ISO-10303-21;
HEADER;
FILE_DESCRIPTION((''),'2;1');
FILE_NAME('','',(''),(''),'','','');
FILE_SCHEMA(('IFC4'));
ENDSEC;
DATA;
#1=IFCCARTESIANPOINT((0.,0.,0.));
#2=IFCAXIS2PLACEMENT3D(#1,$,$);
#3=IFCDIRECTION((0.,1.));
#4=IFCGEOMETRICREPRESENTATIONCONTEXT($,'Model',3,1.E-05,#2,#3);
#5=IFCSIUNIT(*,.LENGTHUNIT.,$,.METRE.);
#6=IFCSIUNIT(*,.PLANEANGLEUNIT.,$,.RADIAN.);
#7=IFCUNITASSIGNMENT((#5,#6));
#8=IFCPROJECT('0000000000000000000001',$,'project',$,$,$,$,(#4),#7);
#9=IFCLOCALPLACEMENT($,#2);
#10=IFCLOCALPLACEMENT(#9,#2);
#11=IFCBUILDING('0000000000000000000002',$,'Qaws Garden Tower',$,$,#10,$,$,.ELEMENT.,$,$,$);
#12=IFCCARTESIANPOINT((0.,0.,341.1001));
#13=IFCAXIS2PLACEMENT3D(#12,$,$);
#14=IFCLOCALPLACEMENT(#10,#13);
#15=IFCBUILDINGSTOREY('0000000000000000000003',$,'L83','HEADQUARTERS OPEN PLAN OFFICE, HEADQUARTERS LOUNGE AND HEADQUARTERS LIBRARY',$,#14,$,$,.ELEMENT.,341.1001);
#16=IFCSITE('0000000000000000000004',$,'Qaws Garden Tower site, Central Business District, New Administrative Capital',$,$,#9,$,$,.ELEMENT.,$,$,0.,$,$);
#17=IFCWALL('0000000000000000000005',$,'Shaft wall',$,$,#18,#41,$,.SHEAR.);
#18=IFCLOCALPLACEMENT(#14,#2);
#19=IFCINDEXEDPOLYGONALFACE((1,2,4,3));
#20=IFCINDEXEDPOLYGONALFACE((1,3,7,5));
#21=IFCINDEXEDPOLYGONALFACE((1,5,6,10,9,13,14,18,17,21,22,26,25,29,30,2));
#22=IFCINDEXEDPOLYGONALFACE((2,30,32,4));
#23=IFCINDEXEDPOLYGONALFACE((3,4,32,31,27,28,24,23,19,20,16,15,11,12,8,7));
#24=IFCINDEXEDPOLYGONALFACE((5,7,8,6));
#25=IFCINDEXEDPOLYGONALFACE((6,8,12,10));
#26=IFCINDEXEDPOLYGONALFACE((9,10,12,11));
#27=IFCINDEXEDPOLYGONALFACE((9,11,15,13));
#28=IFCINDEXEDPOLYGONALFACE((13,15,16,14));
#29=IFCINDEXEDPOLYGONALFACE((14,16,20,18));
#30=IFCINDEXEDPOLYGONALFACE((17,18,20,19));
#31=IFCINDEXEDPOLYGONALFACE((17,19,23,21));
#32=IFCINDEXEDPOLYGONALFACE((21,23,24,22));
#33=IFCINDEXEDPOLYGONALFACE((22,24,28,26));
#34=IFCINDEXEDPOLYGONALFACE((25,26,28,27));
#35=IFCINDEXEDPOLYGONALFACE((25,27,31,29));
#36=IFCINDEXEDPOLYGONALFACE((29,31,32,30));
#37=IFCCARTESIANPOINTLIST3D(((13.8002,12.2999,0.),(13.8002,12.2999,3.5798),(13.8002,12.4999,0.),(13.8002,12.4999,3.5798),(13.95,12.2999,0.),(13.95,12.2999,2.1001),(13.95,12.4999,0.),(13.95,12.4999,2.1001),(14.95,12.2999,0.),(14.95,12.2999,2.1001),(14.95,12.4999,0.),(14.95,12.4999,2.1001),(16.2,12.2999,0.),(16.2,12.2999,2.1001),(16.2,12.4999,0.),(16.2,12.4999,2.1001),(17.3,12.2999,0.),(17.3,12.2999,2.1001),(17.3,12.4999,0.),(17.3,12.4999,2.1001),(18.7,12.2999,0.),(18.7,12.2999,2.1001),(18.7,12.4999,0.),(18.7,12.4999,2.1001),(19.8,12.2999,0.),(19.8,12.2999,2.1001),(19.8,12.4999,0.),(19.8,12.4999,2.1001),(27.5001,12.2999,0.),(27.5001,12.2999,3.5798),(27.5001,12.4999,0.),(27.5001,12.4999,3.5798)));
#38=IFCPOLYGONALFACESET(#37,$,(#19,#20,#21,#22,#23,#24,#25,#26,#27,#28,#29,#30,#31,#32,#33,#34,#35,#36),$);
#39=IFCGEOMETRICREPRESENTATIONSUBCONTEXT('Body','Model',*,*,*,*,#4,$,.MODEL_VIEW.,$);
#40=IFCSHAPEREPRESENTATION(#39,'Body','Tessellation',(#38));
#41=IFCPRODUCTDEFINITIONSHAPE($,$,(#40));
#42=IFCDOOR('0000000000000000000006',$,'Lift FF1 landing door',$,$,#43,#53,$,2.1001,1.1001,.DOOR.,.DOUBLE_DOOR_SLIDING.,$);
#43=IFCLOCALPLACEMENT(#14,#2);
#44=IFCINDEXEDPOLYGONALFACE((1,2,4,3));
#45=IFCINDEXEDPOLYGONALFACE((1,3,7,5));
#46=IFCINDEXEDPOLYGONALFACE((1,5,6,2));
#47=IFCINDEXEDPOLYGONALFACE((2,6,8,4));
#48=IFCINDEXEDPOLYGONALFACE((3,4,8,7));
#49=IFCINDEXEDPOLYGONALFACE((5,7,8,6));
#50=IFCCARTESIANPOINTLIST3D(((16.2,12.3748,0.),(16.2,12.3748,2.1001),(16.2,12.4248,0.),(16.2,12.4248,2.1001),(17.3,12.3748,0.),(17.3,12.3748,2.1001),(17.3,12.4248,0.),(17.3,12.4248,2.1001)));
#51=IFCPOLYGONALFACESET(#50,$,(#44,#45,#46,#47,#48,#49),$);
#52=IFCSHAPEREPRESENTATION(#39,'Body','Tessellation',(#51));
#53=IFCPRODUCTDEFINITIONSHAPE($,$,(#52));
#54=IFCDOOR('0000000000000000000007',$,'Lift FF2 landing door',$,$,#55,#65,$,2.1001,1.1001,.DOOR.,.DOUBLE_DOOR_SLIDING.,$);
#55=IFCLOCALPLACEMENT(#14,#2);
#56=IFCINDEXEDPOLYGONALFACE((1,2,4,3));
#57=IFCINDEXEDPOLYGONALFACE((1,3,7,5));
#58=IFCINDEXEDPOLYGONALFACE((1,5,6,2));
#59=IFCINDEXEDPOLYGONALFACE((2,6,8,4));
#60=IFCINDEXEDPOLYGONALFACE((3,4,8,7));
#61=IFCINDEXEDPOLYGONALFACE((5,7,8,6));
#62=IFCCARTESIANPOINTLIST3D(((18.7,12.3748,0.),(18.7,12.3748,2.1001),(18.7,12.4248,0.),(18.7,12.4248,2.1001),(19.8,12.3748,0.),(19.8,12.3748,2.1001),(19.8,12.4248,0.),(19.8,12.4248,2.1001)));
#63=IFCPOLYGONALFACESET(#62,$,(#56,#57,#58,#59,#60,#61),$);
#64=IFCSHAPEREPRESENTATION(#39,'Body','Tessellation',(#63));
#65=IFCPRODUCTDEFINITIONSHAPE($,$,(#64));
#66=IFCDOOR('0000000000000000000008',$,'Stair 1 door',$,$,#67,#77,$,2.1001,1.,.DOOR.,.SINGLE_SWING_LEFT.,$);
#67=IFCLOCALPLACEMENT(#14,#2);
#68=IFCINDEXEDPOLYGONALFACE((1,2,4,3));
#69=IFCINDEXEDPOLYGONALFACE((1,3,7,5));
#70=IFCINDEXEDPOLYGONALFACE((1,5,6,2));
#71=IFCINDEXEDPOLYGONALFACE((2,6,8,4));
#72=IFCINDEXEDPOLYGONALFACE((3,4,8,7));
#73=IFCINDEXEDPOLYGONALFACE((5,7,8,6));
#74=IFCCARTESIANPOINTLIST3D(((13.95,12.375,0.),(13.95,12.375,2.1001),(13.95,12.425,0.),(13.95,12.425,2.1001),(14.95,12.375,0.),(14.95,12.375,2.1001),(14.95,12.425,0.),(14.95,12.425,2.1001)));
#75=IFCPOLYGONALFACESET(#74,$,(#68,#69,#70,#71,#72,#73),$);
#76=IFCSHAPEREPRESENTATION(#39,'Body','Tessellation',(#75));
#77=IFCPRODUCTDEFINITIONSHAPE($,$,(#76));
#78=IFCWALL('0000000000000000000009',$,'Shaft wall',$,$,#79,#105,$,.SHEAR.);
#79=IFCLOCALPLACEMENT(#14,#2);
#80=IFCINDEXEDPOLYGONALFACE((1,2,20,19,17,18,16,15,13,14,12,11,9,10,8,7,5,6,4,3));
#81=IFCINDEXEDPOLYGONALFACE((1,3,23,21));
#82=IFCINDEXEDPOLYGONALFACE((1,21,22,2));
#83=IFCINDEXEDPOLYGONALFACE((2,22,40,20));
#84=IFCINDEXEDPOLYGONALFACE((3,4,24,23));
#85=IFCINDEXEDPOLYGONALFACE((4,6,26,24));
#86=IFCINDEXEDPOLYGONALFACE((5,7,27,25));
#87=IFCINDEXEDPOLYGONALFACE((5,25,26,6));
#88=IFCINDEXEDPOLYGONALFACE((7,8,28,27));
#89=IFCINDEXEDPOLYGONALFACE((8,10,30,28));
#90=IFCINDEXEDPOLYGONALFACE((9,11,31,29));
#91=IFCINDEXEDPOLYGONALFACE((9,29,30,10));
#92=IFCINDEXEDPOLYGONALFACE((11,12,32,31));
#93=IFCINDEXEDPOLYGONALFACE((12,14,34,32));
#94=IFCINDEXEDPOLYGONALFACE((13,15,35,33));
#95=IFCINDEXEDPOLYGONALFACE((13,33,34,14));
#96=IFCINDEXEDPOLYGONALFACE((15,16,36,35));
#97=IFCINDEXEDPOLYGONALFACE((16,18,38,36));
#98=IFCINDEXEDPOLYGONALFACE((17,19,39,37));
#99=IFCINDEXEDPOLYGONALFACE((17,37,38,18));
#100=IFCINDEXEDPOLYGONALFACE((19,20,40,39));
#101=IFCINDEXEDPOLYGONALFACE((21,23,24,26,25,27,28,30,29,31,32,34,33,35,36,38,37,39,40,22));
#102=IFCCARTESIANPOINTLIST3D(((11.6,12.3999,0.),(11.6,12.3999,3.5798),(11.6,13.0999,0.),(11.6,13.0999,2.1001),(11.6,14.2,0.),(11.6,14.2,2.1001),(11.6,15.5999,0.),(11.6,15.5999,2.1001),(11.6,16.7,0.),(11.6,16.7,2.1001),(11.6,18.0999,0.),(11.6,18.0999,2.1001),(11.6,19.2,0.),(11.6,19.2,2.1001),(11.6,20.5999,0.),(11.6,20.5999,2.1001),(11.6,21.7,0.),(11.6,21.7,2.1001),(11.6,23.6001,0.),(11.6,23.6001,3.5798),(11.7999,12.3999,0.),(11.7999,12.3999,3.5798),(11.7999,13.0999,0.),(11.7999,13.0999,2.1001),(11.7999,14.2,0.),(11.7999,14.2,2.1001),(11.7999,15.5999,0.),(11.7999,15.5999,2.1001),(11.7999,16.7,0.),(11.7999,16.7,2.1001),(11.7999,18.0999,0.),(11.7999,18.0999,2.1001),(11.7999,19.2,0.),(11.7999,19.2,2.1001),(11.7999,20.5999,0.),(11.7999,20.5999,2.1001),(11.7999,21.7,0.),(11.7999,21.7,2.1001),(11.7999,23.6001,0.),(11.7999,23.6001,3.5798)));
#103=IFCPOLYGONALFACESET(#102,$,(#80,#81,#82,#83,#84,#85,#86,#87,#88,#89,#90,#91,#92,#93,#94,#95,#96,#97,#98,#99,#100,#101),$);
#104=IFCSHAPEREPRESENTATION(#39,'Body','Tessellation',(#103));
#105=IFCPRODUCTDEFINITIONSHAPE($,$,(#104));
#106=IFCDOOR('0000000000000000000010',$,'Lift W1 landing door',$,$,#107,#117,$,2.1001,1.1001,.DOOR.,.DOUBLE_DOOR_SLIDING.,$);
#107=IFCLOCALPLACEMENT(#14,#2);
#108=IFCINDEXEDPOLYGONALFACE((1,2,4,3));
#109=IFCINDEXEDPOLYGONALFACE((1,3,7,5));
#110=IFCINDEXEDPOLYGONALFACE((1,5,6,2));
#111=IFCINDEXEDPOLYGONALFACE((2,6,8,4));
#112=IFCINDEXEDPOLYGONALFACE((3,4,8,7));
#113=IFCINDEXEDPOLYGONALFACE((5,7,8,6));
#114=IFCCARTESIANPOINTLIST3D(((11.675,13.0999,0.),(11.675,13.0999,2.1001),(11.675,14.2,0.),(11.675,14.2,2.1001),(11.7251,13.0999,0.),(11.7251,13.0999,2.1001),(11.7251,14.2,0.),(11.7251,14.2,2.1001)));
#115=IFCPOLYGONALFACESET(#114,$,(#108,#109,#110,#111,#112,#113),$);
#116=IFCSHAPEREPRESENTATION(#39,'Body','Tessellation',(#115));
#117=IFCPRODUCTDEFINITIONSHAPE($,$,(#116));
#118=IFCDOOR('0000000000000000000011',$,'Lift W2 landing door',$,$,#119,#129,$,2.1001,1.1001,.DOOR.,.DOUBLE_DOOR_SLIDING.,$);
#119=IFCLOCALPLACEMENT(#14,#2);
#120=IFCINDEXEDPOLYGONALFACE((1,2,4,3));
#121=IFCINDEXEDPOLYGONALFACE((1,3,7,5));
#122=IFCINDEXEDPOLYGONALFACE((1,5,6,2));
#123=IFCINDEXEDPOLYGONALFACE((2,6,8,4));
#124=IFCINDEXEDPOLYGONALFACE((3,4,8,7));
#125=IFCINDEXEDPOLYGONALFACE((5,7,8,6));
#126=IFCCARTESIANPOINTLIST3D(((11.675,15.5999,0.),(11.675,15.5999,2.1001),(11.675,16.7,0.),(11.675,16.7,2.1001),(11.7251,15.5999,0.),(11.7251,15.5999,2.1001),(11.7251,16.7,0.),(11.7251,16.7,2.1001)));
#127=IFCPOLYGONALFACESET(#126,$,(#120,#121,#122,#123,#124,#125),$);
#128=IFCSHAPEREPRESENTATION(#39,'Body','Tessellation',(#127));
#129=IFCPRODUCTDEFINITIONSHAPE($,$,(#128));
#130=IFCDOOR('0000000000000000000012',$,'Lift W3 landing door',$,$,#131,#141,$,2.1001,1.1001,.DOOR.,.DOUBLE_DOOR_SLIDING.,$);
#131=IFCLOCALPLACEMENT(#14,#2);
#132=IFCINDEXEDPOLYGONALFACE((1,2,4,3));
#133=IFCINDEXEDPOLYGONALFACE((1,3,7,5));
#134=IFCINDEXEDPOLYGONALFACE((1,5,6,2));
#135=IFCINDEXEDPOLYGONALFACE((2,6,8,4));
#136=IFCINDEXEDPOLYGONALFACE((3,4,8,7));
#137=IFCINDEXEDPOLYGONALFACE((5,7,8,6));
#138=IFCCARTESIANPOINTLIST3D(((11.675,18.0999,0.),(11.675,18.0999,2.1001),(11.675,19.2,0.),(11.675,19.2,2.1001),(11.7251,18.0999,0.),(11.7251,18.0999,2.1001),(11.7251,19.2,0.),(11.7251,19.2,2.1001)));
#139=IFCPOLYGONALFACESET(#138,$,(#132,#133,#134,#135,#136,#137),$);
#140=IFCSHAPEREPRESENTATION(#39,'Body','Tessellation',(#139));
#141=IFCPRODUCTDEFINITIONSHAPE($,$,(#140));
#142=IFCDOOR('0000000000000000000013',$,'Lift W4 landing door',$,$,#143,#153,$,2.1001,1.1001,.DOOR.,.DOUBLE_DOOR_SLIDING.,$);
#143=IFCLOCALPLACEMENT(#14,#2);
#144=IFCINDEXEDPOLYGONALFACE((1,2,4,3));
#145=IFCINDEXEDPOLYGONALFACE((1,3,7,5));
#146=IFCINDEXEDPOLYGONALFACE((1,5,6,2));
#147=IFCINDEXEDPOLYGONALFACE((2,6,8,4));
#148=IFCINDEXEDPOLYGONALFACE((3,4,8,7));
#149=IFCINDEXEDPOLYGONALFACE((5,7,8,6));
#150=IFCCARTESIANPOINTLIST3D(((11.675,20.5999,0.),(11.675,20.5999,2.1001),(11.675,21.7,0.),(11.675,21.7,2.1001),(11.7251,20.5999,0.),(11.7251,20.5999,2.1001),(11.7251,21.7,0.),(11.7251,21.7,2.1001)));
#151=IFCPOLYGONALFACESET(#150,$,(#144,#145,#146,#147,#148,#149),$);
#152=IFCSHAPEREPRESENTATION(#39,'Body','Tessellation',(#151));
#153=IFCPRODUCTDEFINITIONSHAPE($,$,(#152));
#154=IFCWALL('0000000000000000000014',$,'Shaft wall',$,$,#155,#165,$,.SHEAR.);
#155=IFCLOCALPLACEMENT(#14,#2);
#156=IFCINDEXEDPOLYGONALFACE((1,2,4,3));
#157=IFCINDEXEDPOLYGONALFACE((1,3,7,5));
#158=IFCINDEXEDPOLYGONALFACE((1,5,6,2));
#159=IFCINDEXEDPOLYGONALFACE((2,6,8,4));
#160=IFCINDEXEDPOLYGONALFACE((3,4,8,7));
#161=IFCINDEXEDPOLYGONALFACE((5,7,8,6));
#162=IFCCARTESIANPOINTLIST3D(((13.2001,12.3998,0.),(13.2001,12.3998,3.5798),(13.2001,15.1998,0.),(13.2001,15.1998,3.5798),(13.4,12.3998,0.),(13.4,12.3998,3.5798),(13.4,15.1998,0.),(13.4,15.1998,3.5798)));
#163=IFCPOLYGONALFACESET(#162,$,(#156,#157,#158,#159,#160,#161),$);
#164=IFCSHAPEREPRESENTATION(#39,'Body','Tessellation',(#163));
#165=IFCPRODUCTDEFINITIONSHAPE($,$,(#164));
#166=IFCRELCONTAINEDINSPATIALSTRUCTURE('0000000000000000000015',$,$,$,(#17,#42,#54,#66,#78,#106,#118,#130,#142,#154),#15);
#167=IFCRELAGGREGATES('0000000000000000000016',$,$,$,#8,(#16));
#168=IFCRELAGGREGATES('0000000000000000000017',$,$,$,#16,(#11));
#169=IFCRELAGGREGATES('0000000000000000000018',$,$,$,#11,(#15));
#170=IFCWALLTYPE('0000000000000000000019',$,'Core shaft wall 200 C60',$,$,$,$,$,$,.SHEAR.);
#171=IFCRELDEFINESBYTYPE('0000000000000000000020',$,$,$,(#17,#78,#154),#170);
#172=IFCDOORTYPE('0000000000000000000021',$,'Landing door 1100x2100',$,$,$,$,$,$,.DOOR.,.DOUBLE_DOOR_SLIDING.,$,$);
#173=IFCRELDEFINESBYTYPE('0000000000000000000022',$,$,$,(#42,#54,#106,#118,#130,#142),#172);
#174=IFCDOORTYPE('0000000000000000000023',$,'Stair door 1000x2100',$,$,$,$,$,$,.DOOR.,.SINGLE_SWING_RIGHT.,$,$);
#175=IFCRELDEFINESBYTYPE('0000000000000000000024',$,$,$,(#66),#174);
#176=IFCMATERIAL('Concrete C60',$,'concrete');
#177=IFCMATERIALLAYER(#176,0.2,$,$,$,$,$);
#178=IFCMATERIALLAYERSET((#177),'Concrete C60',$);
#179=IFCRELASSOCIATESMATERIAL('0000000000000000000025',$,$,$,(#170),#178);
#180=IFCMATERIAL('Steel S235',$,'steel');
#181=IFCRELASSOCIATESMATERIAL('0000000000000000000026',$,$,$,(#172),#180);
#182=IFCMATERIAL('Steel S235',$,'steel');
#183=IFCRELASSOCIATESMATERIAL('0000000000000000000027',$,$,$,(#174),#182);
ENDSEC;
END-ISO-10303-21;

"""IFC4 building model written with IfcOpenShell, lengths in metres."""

from ifc_helpers import new_model, si_unit, direction, frame, frame_2d, origin, place, context, subcontext, project, spatial, rectangle, extrude, material, layer, layer_set, type_object, element, fill, save


model = new_model("IFC4")

# Units and contexts
model_context = context("Model", 3, precision=1e-05, world=origin(), true_north=direction((0.0, 1.0)))
body_context = subcontext(model_context, "Body", "Model", "MODEL_VIEW")
ifc_project = project(units=[si_unit("LENGTHUNIT", "METRE"), si_unit("PLANEANGLEUNIT", "RADIAN")], contexts=[model_context])

# Site, building, storey
site_placement = place(None, origin())
site = spatial("IfcSite", under=ifc_project, at=site_placement, Name="Qaws Garden Tower site, Central Business District, New Administrative Capital", CompositionType="ELEMENT", RefElevation=0.0)
building_placement = place(site_placement, origin())
building = spatial("IfcBuilding", under=site, at=building_placement, Name="Qaws Garden Tower", CompositionType="ELEMENT")
storey_placement = place(building_placement, frame((0.0, 0.0, 341.1001)))
storey = spatial("IfcBuildingStorey", under=building, at=storey_placement, Name="L83", Description="HEADQUARTERS OPEN PLAN OFFICE, HEADQUARTERS LOUNGE AND HEADQUARTERS LIBRARY", CompositionType="ELEMENT", Elevation=341.1001)

# Walls, openings, doors
ifc_material_1 = material(Name="Concrete C60", Category="concrete")
ifc_layer_1 = layer(ifc_material_1, 0.2)
ifc_layer_set_1 = layer_set([ifc_layer_1], Name="Concrete C60")
wall_type_1 = type_object("IfcWallType", Name="Core shaft wall 200 C60", PredefinedType="SHEAR", material=ifc_layer_set_1)
wall_1_placement = place(storey_placement, frame((13.8, 12.3999, 0.0), z_axis=(0.0, 0.0, 1.0), x_axis=(1.0, 0.0, 0.0)))
wall_1 = element("IfcWall", 1, at=wall_1_placement, inside=storey, type_object=wall_type_1, Name="Shaft wall", PredefinedType="SHEAR", context=body_context, shape_type="SweptSolid", body=[
    extrude(rectangle(XDim=13.7, YDim=0.2, at=frame_2d((6.8501, 0.0))), origin(), (0.0, 0.0, 1.0), 3.5798),
])
opening_1_placement = place(wall_1_placement, frame((2.3999, 0.0, 0.0)))
opening_1 = element("IfcOpeningElement", 2, at=opening_1_placement, cuts=wall_1, PredefinedType="OPENING", context=body_context, shape_type="SweptSolid", body=[
    extrude(rectangle(XDim=1.1001, YDim=2.1001, at=frame_2d((0.55, 1.05))), frame((0.0, 0.1099, 0.0), z_axis=(0.0, -1.0, 0.0), x_axis=(1.0, 0.0, 0.0)), (0.0, 0.0, 1.0), 0.22),
])
opening_2_placement = place(wall_1_placement, frame((4.8999, 0.0, 0.0)))
opening_2 = element("IfcOpeningElement", 3, at=opening_2_placement, cuts=wall_1, PredefinedType="OPENING", context=body_context, shape_type="SweptSolid", body=[
    extrude(rectangle(XDim=1.1001, YDim=2.1001, at=frame_2d((0.55, 1.05))), frame((0.0, 0.1099, 0.0), z_axis=(0.0, -1.0, 0.0), x_axis=(1.0, 0.0, 0.0)), (0.0, 0.0, 1.0), 0.22),
])
opening_3_placement = place(wall_1_placement, frame((0.1499, 0.0, 0.0)))
opening_3 = element("IfcOpeningElement", 4, at=opening_3_placement, cuts=wall_1, PredefinedType="OPENING", context=body_context, shape_type="SweptSolid", body=[
    extrude(rectangle(XDim=1.0, YDim=2.1001, at=frame_2d((0.5, 1.05))), frame((0.0, 0.1099, 0.0), z_axis=(0.0, -1.0, 0.0), x_axis=(1.0, 0.0, 0.0)), (0.0, 0.0, 1.0), 0.22),
])
ifc_material_2 = material(Name="Steel S235", Category="steel")
door_type_1 = type_object("IfcDoorType", Name="Landing door 1100x2100", OperationType="DOUBLE_DOOR_SLIDING", PredefinedType="DOOR", material=ifc_material_2)
door_1_placement = place(opening_1_placement, origin())
door_1 = element("IfcDoor", 5, at=door_1_placement, inside=storey, type_object=door_type_1, Name="Lift FF1 landing door", OperationType="DOUBLE_DOOR_SLIDING", OverallHeight=2.1001, OverallWidth=1.1001, PredefinedType="DOOR", context=body_context, shape_type="SweptSolid", body=[
    extrude(rectangle(XDim=1.1001, YDim=2.1001, at=frame_2d((0.55, 1.05))), frame((0.0, 0.0249, 0.0), z_axis=(0.0, -1.0, 0.0), x_axis=(1.0, 0.0, 0.0)), (0.0, 0.0, 1.0), 0.05),
])
fill(opening_1, door_1)
door_2_placement = place(opening_2_placement, origin())
door_2 = element("IfcDoor", 6, at=door_2_placement, inside=storey, type_object=door_type_1, Name="Lift FF2 landing door", OperationType="DOUBLE_DOOR_SLIDING", OverallHeight=2.1001, OverallWidth=1.1001, PredefinedType="DOOR", context=body_context, shape_type="SweptSolid", body=[
    extrude(rectangle(XDim=1.1001, YDim=2.1001, at=frame_2d((0.55, 1.05))), frame((0.0, 0.0249, 0.0), z_axis=(0.0, -1.0, 0.0), x_axis=(1.0, 0.0, 0.0)), (0.0, 0.0, 1.0), 0.05),
])
fill(opening_2, door_2)
ifc_material_3 = material(Name="Steel S235", Category="steel")
door_type_2 = type_object("IfcDoorType", Name="Stair door 1000x2100", OperationType="SINGLE_SWING_RIGHT", PredefinedType="DOOR", material=ifc_material_3)
door_3_placement = place(opening_3_placement, frame((1.0, 0.0, 0.0), z_axis=(0.0, 0.0, 1.0), x_axis=(-1.0, 0.0, 0.0)))
door_3 = element("IfcDoor", 7, at=door_3_placement, inside=storey, type_object=door_type_2, Name="Stair 1 door", OperationType="SINGLE_SWING_LEFT", OverallHeight=2.1001, OverallWidth=1.0, PredefinedType="DOOR", context=body_context, shape_type="SweptSolid", body=[
    extrude(rectangle(XDim=1.0, YDim=2.1001, at=frame_2d((0.5, 1.05))), frame((0.0, 0.0249, 0.0), z_axis=(0.0, -1.0, 0.0), x_axis=(1.0, 0.0, 0.0)), (0.0, 0.0, 1.0), 0.05),
])
fill(opening_3, door_3)
wall_2_placement = place(storey_placement, frame((11.7, 12.3999, 0.0), z_axis=(0.0, 0.0, 1.0), x_axis=(0.0, 1.0, 0.0)))
wall_2 = element("IfcWall", 8, at=wall_2_placement, inside=storey, type_object=wall_type_1, Name="Shaft wall", PredefinedType="SHEAR", context=body_context, shape_type="SweptSolid", body=[
    extrude(rectangle(XDim=11.2002, YDim=0.2, at=frame_2d((5.6001, 0.0))), origin(), (0.0, 0.0, 1.0), 3.5798),
])
opening_4_placement = place(wall_2_placement, frame((0.7, 0.0, 0.0)))
opening_4 = element("IfcOpeningElement", 9, at=opening_4_placement, cuts=wall_2, PredefinedType="OPENING", context=body_context, shape_type="SweptSolid", body=[
    extrude(rectangle(XDim=1.1001, YDim=2.1001, at=frame_2d((0.55, 1.05))), frame((0.0, 0.1099, 0.0), z_axis=(0.0, -1.0, 0.0), x_axis=(1.0, 0.0, 0.0)), (0.0, 0.0, 1.0), 0.22),
])
opening_5_placement = place(wall_2_placement, frame((3.2, 0.0, 0.0)))
opening_5 = element("IfcOpeningElement", 10, at=opening_5_placement, cuts=wall_2, PredefinedType="OPENING", context=body_context, shape_type="SweptSolid", body=[
    extrude(rectangle(XDim=1.1001, YDim=2.1001, at=frame_2d((0.55, 1.05))), frame((0.0, 0.1099, 0.0), z_axis=(0.0, -1.0, 0.0), x_axis=(1.0, 0.0, 0.0)), (0.0, 0.0, 1.0), 0.22),
])
opening_6_placement = place(wall_2_placement, frame((5.7, 0.0, 0.0)))
opening_6 = element("IfcOpeningElement", 11, at=opening_6_placement, cuts=wall_2, PredefinedType="OPENING", context=body_context, shape_type="SweptSolid", body=[
    extrude(rectangle(XDim=1.1001, YDim=2.1001, at=frame_2d((0.55, 1.05))), frame((0.0, 0.1099, 0.0), z_axis=(0.0, -1.0, 0.0), x_axis=(1.0, 0.0, 0.0)), (0.0, 0.0, 1.0), 0.22),
])
opening_7_placement = place(wall_2_placement, frame((8.2, 0.0, 0.0)))
opening_7 = element("IfcOpeningElement", 12, at=opening_7_placement, cuts=wall_2, PredefinedType="OPENING", context=body_context, shape_type="SweptSolid", body=[
    extrude(rectangle(XDim=1.1001, YDim=2.1001, at=frame_2d((0.55, 1.05))), frame((0.0, 0.1099, 0.0), z_axis=(0.0, -1.0, 0.0), x_axis=(1.0, 0.0, 0.0)), (0.0, 0.0, 1.0), 0.22),
])
door_4_placement = place(opening_4_placement, origin())
door_4 = element("IfcDoor", 13, at=door_4_placement, inside=storey, type_object=door_type_1, Name="Lift W1 landing door", OperationType="DOUBLE_DOOR_SLIDING", OverallHeight=2.1001, OverallWidth=1.1001, PredefinedType="DOOR", context=body_context, shape_type="SweptSolid", body=[
    extrude(rectangle(XDim=1.1001, YDim=2.1001, at=frame_2d((0.55, 1.05))), frame((0.0, 0.0249, 0.0), z_axis=(0.0, -1.0, 0.0), x_axis=(1.0, 0.0, 0.0)), (0.0, 0.0, 1.0), 0.05),
])
fill(opening_4, door_4)
door_5_placement = place(opening_5_placement, origin())
door_5 = element("IfcDoor", 14, at=door_5_placement, inside=storey, type_object=door_type_1, Name="Lift W2 landing door", OperationType="DOUBLE_DOOR_SLIDING", OverallHeight=2.1001, OverallWidth=1.1001, PredefinedType="DOOR", context=body_context, shape_type="SweptSolid", body=[
    extrude(rectangle(XDim=1.1001, YDim=2.1001, at=frame_2d((0.55, 1.05))), frame((0.0, 0.0249, 0.0), z_axis=(0.0, -1.0, 0.0), x_axis=(1.0, 0.0, 0.0)), (0.0, 0.0, 1.0), 0.05),
])
fill(opening_5, door_5)
door_6_placement = place(opening_6_placement, origin())
door_6 = element("IfcDoor", 15, at=door_6_placement, inside=storey, type_object=door_type_1, Name="Lift W3 landing door", OperationType="DOUBLE_DOOR_SLIDING", OverallHeight=2.1001, OverallWidth=1.1001, PredefinedType="DOOR", context=body_context, shape_type="SweptSolid", body=[
    extrude(rectangle(XDim=1.1001, YDim=2.1001, at=frame_2d((0.55, 1.05))), frame((0.0, 0.0249, 0.0), z_axis=(0.0, -1.0, 0.0), x_axis=(1.0, 0.0, 0.0)), (0.0, 0.0, 1.0), 0.05),
])
fill(opening_6, door_6)
door_7_placement = place(opening_7_placement, origin())
door_7 = element("IfcDoor", 16, at=door_7_placement, inside=storey, type_object=door_type_1, Name="Lift W4 landing door", OperationType="DOUBLE_DOOR_SLIDING", OverallHeight=2.1001, OverallWidth=1.1001, PredefinedType="DOOR", context=body_context, shape_type="SweptSolid", body=[
    extrude(rectangle(XDim=1.1001, YDim=2.1001, at=frame_2d((0.55, 1.05))), frame((0.0, 0.0249, 0.0), z_axis=(0.0, -1.0, 0.0), x_axis=(1.0, 0.0, 0.0)), (0.0, 0.0, 1.0), 0.05),
])
fill(opening_7, door_7)

# Wall
wall_3_placement = place(storey_placement, frame((13.3, 12.3999, 0.0), z_axis=(0.0, 0.0, 1.0), x_axis=(0.0, 1.0, 0.0)))
element("IfcWall", 17, at=wall_3_placement, inside=storey, type_object=wall_type_1, Name="Shaft wall", PredefinedType="SHEAR", context=body_context, shape_type="SweptSolid", body=[
    extrude(rectangle(XDim=2.8, YDim=0.2, at=frame_2d((1.3999, 0.0))), origin(), (0.0, 0.0, 1.0), 3.5798),
])

save(model, "model.ifc")
